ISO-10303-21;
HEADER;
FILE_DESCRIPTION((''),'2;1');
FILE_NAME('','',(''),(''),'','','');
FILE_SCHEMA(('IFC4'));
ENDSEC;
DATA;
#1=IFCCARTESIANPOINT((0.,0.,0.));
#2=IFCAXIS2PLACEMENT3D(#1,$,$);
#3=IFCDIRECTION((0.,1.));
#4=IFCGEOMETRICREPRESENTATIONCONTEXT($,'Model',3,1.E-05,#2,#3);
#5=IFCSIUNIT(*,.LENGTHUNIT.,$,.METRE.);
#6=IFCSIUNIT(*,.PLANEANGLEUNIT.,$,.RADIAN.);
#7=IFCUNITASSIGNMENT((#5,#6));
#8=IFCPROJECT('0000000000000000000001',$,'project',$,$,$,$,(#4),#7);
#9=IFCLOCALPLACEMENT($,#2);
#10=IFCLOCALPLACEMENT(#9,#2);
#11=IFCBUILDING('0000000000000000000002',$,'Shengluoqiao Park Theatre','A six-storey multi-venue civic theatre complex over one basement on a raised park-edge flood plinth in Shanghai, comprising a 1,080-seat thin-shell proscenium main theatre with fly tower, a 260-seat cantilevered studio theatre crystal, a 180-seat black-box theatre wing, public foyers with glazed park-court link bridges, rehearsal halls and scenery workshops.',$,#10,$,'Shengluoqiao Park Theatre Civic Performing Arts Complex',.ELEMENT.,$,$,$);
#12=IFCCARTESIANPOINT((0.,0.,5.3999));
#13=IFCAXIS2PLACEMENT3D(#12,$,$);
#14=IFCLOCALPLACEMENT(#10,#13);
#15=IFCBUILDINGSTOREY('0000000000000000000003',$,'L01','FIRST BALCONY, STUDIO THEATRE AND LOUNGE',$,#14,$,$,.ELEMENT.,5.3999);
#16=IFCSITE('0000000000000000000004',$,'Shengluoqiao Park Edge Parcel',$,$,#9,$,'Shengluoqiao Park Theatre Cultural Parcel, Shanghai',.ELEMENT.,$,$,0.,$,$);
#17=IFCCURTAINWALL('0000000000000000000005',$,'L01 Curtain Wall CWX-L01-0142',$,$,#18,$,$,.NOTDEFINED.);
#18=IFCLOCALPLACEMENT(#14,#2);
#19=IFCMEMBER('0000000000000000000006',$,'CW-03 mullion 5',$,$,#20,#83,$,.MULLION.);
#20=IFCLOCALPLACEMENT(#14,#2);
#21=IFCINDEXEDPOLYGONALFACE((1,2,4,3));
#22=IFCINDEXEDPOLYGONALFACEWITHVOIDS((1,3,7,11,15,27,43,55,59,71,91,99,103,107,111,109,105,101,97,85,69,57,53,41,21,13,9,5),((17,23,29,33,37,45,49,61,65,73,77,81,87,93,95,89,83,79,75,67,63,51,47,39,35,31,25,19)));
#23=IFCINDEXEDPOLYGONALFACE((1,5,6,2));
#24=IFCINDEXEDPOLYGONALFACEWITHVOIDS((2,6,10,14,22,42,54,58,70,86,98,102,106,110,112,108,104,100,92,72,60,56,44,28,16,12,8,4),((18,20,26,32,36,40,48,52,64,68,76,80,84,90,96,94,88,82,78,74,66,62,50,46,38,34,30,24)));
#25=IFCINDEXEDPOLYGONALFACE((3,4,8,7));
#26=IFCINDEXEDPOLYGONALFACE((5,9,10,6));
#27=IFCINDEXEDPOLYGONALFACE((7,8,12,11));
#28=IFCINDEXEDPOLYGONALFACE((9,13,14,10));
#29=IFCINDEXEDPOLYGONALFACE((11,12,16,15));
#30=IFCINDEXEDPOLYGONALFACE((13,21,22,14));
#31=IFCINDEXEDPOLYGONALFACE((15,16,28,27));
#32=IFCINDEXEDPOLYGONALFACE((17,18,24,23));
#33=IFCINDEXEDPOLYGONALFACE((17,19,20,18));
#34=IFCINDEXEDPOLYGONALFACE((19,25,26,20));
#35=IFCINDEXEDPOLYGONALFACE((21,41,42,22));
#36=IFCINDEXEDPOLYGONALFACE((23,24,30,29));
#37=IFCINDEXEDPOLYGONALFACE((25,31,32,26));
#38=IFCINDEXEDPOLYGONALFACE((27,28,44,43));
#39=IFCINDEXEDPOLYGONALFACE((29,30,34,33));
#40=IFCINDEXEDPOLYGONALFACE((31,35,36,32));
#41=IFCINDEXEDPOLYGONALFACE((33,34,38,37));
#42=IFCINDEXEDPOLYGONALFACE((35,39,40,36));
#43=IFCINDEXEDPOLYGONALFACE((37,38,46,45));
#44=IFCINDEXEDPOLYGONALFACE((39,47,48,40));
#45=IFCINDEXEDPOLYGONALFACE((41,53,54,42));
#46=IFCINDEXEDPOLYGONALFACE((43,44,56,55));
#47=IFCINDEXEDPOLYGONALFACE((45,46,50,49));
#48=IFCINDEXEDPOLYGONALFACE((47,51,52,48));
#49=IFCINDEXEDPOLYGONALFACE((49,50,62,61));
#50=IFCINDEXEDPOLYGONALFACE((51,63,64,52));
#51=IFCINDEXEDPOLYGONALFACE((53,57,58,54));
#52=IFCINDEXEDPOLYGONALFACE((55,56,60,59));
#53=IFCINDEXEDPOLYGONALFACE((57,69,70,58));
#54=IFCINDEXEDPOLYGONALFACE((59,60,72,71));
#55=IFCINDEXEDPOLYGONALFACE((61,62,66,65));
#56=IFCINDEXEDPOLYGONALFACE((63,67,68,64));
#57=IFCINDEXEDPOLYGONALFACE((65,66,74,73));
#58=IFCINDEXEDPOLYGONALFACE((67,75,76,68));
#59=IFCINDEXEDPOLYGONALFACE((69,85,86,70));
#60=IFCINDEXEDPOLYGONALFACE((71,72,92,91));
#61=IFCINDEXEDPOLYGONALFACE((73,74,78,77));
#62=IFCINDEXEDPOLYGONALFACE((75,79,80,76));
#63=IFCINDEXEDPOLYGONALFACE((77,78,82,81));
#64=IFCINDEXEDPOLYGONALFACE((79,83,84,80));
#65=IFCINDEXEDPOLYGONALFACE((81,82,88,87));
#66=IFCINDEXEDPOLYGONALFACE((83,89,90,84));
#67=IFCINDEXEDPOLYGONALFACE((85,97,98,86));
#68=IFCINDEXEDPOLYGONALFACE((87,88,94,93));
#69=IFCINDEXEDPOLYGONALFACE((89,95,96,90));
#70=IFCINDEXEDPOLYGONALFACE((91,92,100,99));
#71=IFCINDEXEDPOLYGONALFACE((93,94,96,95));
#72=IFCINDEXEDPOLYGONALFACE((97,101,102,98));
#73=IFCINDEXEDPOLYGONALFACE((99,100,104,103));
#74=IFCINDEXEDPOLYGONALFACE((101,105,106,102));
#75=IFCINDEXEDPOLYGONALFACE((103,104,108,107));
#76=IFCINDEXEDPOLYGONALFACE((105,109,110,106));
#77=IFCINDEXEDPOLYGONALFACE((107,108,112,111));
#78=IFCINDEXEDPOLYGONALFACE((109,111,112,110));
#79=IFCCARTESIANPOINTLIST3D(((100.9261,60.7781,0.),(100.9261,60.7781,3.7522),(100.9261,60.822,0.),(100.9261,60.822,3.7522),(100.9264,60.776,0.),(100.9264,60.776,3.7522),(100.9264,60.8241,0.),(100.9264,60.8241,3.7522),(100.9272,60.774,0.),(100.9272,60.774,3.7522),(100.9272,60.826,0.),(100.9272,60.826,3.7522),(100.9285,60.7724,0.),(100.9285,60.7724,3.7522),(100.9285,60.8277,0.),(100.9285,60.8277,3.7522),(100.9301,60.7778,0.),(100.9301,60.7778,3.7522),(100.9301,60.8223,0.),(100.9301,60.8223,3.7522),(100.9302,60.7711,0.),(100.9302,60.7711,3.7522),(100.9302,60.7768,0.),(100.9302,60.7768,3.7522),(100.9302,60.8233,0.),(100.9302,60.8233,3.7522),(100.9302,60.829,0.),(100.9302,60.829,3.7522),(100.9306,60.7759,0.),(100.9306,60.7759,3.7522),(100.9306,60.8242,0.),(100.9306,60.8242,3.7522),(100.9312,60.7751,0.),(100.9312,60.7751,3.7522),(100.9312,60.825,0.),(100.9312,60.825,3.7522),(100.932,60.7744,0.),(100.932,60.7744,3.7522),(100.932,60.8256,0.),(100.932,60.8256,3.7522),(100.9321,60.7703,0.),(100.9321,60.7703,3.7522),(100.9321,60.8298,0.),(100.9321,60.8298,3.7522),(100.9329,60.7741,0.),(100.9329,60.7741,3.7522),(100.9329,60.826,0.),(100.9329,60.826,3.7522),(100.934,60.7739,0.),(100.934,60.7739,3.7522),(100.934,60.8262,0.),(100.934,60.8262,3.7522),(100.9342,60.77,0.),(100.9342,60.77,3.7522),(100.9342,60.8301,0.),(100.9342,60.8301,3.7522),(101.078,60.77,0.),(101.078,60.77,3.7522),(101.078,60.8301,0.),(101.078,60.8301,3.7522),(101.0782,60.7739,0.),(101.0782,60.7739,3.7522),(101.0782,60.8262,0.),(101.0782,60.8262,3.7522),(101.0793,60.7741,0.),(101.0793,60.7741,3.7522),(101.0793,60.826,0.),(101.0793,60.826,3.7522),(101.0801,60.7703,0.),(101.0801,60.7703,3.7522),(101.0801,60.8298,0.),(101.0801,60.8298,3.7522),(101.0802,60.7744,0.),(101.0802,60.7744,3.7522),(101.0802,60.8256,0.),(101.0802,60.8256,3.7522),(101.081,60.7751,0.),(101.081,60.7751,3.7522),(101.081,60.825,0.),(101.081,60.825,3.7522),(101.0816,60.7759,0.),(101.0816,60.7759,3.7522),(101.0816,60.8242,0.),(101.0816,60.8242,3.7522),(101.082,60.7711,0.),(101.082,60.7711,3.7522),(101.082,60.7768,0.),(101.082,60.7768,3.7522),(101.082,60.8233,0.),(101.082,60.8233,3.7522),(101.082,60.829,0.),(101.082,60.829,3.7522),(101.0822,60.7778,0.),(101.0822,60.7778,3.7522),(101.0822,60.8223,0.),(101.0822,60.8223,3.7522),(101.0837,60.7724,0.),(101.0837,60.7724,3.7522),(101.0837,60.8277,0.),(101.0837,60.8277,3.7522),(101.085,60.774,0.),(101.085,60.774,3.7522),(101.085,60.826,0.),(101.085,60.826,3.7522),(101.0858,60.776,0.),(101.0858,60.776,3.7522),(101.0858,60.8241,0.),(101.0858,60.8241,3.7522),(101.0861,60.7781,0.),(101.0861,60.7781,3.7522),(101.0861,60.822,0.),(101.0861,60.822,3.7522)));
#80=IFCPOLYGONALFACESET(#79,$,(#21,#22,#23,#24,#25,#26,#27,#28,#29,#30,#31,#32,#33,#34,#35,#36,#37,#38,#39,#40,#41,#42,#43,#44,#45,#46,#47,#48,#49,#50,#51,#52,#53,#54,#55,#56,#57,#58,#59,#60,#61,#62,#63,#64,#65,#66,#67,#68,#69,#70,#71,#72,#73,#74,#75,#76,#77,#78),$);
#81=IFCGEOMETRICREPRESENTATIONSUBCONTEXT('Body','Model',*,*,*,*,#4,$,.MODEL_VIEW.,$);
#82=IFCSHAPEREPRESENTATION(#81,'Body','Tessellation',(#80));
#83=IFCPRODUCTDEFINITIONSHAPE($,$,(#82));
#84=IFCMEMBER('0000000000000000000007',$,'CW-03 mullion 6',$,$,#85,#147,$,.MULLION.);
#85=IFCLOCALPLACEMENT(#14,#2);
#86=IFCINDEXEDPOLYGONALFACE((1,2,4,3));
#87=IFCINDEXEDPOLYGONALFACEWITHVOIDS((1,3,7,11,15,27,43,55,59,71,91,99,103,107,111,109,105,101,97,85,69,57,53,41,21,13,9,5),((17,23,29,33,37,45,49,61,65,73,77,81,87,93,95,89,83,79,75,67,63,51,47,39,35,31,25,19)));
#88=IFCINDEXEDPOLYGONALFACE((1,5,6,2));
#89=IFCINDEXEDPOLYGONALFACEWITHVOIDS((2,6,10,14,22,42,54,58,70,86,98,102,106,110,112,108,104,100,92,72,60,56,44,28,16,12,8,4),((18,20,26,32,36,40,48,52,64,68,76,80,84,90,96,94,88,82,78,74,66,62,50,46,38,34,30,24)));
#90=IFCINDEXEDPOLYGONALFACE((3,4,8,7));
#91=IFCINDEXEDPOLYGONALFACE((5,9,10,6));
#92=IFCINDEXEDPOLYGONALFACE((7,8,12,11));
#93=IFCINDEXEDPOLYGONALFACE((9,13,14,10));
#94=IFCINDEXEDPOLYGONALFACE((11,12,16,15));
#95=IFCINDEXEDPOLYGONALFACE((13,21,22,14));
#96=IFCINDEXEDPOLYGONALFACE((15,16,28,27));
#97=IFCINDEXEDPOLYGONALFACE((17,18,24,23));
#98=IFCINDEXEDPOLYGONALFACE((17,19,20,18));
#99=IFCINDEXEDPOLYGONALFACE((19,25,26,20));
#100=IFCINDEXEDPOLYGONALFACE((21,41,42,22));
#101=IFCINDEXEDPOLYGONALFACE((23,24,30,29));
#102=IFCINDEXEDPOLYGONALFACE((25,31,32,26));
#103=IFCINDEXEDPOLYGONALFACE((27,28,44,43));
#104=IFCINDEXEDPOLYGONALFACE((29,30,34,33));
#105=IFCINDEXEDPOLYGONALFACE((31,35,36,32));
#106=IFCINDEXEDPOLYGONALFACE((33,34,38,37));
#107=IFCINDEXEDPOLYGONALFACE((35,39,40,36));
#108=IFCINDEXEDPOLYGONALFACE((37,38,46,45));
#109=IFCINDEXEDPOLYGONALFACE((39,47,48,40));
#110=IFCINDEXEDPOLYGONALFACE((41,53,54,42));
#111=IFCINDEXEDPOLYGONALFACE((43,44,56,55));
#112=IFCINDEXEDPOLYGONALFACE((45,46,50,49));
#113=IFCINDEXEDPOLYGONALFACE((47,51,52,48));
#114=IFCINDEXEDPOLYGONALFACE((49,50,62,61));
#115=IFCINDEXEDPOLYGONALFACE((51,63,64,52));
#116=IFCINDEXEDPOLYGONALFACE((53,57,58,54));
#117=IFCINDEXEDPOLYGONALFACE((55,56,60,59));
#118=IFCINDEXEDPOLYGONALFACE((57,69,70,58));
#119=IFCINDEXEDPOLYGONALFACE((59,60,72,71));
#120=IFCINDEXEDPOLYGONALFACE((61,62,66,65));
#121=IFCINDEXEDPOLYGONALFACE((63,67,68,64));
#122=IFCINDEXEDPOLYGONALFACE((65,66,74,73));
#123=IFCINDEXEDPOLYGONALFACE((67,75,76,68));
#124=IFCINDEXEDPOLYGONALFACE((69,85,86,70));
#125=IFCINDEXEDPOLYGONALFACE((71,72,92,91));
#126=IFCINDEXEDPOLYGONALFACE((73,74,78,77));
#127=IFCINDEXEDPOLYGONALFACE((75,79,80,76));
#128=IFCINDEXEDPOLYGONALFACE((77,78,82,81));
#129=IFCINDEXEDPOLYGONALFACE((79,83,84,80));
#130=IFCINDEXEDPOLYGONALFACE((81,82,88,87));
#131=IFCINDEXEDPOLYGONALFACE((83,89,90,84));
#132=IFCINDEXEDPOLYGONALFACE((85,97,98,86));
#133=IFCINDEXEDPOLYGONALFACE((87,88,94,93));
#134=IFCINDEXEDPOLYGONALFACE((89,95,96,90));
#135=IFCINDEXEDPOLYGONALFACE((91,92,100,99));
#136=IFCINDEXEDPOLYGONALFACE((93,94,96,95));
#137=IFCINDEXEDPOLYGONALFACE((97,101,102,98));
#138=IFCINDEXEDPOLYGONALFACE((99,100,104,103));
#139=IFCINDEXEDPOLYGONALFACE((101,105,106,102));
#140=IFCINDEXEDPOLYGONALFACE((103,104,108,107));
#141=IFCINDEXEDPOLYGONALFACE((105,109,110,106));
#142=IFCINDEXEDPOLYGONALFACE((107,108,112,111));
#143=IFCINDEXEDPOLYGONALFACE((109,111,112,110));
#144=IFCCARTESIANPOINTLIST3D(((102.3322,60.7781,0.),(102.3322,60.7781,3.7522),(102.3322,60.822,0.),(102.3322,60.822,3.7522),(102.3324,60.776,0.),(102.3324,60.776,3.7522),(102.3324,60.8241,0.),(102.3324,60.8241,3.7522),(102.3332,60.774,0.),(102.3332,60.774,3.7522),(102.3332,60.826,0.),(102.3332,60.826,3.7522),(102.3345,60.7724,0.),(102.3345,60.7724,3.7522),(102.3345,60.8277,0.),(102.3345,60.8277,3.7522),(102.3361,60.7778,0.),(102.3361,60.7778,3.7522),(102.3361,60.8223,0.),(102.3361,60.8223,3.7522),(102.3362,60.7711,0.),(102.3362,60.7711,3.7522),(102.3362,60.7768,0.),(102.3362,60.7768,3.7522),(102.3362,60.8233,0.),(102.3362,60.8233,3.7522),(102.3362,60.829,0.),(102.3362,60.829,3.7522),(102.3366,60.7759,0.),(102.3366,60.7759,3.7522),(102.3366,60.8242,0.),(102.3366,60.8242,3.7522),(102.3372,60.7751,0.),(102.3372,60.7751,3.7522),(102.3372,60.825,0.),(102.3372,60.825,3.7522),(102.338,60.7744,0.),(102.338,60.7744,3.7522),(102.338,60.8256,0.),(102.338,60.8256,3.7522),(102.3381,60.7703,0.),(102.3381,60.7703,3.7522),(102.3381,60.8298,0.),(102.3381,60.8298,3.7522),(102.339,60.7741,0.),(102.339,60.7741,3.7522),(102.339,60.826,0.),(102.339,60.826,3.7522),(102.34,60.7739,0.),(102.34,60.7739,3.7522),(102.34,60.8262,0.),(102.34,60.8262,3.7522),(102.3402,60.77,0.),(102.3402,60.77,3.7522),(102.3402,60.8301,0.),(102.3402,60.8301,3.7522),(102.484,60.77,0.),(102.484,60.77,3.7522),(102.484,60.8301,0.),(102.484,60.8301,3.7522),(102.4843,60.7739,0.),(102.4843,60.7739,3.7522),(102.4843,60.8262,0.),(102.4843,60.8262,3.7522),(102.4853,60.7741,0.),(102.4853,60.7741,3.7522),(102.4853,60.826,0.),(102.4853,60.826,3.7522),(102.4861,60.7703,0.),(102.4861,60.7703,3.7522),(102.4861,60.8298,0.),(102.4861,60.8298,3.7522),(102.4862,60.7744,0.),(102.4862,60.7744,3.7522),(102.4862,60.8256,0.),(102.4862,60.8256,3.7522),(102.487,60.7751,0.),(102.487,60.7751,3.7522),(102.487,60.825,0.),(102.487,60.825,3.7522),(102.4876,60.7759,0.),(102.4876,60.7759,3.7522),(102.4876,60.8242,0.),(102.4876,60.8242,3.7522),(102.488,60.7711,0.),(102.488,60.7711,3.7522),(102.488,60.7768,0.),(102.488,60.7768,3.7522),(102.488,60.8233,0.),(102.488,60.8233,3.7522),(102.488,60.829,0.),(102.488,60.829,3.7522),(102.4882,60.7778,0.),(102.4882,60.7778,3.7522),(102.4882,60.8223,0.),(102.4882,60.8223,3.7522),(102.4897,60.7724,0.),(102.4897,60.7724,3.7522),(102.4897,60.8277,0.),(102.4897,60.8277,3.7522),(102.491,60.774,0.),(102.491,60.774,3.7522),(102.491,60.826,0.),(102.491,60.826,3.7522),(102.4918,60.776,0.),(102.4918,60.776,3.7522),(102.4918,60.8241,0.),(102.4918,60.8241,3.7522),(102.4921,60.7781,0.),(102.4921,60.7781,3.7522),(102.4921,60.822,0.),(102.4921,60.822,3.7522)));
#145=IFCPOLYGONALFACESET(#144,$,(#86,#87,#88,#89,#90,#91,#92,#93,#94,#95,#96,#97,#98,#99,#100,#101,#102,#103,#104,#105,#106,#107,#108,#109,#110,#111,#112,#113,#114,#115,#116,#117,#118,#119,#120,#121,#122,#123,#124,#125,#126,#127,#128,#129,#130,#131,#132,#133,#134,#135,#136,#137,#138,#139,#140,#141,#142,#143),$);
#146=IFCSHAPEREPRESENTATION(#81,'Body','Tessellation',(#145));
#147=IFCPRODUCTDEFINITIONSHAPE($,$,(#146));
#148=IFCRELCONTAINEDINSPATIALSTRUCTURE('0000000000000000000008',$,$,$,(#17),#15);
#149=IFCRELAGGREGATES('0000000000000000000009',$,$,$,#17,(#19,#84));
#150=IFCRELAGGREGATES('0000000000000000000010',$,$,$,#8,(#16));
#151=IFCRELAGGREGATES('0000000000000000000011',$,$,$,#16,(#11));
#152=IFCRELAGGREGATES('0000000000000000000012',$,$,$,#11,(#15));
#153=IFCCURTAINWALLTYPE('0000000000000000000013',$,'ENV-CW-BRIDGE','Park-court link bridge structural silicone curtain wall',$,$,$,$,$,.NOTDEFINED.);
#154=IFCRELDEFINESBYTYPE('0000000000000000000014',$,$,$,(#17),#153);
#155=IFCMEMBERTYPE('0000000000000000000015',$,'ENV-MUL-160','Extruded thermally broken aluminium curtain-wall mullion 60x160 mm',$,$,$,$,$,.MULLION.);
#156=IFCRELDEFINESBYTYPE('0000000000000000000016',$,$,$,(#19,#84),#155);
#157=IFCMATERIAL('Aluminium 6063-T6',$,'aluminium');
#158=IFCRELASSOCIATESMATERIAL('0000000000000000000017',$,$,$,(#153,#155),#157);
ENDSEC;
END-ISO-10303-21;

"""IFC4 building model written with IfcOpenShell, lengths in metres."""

from ifc_helpers import new_model, si_unit, direction, frame, origin, origin_2d, place, context, subcontext, project, spatial, hollow_rectangle, extrude, material, material_profile, profile_set, type_object, element, aggregate, save


model = new_model("IFC4")

# Units and contexts
model_context = context("Model", 3, precision=1e-05, world=origin(), true_north=direction((0.0, 1.0)))
body_context = subcontext(model_context, "Body", "Model", "MODEL_VIEW")
ifc_project = project(units=[si_unit("LENGTHUNIT", "METRE"), si_unit("PLANEANGLEUNIT", "RADIAN")], contexts=[model_context])

# Site, building, storey
site_placement = place(None, origin())
site = spatial("IfcSite", under=ifc_project, at=site_placement, Name="Shengluoqiao Park Edge Parcel", LongName="Shengluoqiao Park Theatre Cultural Parcel, Shanghai", CompositionType="ELEMENT", RefElevation=0.0)
building_placement = place(site_placement, origin())
building = spatial("IfcBuilding", under=site, at=building_placement, Name="Shengluoqiao Park Theatre", Description="A six-storey multi-venue civic theatre complex over one basement on a raised park-edge flood plinth in Shanghai, comprising a 1,080-seat thin-shell proscenium main theatre with fly tower, a 260-seat cantilevered studio theatre crystal, a 180-seat black-box theatre wing, public foyers with glazed park-court link bridges, rehearsal halls and scenery workshops.", LongName="Shengluoqiao Park Theatre Civic Performing Arts Complex", CompositionType="ELEMENT")
storey_placement = place(building_placement, frame((0.0, 0.0, 5.3999)))
storey = spatial("IfcBuildingStorey", under=building, at=storey_placement, Name="L01", Description="FIRST BALCONY, STUDIO THEATRE AND LOUNGE", CompositionType="ELEMENT", Elevation=5.3999)

# Shared definitions
ifc_material_1 = material(Name="Aluminium 6063-T6", Category="aluminium")
curtain_wall_type = type_object("IfcCurtainWallType", Name="ENV-CW-BRIDGE", Description="Park-court link bridge structural silicone curtain wall", PredefinedType="NOTDEFINED", material=ifc_material_1)
ifc_material_profile_1 = material_profile(ifc_material_1, hollow_rectangle(XDim=0.0601, YDim=0.1599, WallThickness=0.0039, InnerFilletRadius=0.0039, OuterFilletRadius=0.0081, at=origin_2d()), Name="ALU MULLION 160x60x4")
ifc_profile_set_1 = profile_set([ifc_material_profile_1], Name="Aluminium 6063-T6")
member_type_1 = type_object("IfcMemberType", Name="ENV-MUL-160", Description="Extruded thermally broken aluminium curtain-wall mullion 60x160 mm", PredefinedType="MULLION", material=ifc_profile_set_1)

# Curtain wall, members
curtain_wall_1_placement = place(storey_placement, origin())
curtain_wall_1 = element("IfcCurtainWall", 1, at=curtain_wall_1_placement, inside=storey, type_object=curtain_wall_type, Name="L01 Curtain Wall CWX-L01-0142", PredefinedType="NOTDEFINED")
member_1_placement = place(storey_placement, frame((101.0061, 60.8, 0.0), z_axis=(0.0, 0.0, 1.0), x_axis=(0.0, 1.0, 0.0)))
member_1 = element("IfcMember", 2, at=member_1_placement, type_object=member_type_1, Name="CW-03 mullion 5", PredefinedType="MULLION", context=body_context, shape_type="SweptSolid", body=[
    extrude(hollow_rectangle(XDim=0.0601, YDim=0.1599, WallThickness=0.0039, InnerFilletRadius=0.0039, OuterFilletRadius=0.0081, at=origin_2d()), origin(), (0.0, 0.0, 1.0), 3.7522),
])
member_2_placement = place(storey_placement, frame((102.4121, 60.8, 0.0), z_axis=(0.0, 0.0, 1.0), x_axis=(0.0, 1.0, 0.0)))
member_2 = element("IfcMember", 3, at=member_2_placement, type_object=member_type_1, Name="CW-03 mullion 6", PredefinedType="MULLION", context=body_context, shape_type="SweptSolid", body=[
    extrude(hollow_rectangle(XDim=0.0601, YDim=0.1599, WallThickness=0.0039, InnerFilletRadius=0.0039, OuterFilletRadius=0.0081, at=origin_2d()), origin(), (0.0, 0.0, 1.0), 3.7522),
])

aggregate(curtain_wall_1, [member_1, member_2])

save(model, "model.ifc")
